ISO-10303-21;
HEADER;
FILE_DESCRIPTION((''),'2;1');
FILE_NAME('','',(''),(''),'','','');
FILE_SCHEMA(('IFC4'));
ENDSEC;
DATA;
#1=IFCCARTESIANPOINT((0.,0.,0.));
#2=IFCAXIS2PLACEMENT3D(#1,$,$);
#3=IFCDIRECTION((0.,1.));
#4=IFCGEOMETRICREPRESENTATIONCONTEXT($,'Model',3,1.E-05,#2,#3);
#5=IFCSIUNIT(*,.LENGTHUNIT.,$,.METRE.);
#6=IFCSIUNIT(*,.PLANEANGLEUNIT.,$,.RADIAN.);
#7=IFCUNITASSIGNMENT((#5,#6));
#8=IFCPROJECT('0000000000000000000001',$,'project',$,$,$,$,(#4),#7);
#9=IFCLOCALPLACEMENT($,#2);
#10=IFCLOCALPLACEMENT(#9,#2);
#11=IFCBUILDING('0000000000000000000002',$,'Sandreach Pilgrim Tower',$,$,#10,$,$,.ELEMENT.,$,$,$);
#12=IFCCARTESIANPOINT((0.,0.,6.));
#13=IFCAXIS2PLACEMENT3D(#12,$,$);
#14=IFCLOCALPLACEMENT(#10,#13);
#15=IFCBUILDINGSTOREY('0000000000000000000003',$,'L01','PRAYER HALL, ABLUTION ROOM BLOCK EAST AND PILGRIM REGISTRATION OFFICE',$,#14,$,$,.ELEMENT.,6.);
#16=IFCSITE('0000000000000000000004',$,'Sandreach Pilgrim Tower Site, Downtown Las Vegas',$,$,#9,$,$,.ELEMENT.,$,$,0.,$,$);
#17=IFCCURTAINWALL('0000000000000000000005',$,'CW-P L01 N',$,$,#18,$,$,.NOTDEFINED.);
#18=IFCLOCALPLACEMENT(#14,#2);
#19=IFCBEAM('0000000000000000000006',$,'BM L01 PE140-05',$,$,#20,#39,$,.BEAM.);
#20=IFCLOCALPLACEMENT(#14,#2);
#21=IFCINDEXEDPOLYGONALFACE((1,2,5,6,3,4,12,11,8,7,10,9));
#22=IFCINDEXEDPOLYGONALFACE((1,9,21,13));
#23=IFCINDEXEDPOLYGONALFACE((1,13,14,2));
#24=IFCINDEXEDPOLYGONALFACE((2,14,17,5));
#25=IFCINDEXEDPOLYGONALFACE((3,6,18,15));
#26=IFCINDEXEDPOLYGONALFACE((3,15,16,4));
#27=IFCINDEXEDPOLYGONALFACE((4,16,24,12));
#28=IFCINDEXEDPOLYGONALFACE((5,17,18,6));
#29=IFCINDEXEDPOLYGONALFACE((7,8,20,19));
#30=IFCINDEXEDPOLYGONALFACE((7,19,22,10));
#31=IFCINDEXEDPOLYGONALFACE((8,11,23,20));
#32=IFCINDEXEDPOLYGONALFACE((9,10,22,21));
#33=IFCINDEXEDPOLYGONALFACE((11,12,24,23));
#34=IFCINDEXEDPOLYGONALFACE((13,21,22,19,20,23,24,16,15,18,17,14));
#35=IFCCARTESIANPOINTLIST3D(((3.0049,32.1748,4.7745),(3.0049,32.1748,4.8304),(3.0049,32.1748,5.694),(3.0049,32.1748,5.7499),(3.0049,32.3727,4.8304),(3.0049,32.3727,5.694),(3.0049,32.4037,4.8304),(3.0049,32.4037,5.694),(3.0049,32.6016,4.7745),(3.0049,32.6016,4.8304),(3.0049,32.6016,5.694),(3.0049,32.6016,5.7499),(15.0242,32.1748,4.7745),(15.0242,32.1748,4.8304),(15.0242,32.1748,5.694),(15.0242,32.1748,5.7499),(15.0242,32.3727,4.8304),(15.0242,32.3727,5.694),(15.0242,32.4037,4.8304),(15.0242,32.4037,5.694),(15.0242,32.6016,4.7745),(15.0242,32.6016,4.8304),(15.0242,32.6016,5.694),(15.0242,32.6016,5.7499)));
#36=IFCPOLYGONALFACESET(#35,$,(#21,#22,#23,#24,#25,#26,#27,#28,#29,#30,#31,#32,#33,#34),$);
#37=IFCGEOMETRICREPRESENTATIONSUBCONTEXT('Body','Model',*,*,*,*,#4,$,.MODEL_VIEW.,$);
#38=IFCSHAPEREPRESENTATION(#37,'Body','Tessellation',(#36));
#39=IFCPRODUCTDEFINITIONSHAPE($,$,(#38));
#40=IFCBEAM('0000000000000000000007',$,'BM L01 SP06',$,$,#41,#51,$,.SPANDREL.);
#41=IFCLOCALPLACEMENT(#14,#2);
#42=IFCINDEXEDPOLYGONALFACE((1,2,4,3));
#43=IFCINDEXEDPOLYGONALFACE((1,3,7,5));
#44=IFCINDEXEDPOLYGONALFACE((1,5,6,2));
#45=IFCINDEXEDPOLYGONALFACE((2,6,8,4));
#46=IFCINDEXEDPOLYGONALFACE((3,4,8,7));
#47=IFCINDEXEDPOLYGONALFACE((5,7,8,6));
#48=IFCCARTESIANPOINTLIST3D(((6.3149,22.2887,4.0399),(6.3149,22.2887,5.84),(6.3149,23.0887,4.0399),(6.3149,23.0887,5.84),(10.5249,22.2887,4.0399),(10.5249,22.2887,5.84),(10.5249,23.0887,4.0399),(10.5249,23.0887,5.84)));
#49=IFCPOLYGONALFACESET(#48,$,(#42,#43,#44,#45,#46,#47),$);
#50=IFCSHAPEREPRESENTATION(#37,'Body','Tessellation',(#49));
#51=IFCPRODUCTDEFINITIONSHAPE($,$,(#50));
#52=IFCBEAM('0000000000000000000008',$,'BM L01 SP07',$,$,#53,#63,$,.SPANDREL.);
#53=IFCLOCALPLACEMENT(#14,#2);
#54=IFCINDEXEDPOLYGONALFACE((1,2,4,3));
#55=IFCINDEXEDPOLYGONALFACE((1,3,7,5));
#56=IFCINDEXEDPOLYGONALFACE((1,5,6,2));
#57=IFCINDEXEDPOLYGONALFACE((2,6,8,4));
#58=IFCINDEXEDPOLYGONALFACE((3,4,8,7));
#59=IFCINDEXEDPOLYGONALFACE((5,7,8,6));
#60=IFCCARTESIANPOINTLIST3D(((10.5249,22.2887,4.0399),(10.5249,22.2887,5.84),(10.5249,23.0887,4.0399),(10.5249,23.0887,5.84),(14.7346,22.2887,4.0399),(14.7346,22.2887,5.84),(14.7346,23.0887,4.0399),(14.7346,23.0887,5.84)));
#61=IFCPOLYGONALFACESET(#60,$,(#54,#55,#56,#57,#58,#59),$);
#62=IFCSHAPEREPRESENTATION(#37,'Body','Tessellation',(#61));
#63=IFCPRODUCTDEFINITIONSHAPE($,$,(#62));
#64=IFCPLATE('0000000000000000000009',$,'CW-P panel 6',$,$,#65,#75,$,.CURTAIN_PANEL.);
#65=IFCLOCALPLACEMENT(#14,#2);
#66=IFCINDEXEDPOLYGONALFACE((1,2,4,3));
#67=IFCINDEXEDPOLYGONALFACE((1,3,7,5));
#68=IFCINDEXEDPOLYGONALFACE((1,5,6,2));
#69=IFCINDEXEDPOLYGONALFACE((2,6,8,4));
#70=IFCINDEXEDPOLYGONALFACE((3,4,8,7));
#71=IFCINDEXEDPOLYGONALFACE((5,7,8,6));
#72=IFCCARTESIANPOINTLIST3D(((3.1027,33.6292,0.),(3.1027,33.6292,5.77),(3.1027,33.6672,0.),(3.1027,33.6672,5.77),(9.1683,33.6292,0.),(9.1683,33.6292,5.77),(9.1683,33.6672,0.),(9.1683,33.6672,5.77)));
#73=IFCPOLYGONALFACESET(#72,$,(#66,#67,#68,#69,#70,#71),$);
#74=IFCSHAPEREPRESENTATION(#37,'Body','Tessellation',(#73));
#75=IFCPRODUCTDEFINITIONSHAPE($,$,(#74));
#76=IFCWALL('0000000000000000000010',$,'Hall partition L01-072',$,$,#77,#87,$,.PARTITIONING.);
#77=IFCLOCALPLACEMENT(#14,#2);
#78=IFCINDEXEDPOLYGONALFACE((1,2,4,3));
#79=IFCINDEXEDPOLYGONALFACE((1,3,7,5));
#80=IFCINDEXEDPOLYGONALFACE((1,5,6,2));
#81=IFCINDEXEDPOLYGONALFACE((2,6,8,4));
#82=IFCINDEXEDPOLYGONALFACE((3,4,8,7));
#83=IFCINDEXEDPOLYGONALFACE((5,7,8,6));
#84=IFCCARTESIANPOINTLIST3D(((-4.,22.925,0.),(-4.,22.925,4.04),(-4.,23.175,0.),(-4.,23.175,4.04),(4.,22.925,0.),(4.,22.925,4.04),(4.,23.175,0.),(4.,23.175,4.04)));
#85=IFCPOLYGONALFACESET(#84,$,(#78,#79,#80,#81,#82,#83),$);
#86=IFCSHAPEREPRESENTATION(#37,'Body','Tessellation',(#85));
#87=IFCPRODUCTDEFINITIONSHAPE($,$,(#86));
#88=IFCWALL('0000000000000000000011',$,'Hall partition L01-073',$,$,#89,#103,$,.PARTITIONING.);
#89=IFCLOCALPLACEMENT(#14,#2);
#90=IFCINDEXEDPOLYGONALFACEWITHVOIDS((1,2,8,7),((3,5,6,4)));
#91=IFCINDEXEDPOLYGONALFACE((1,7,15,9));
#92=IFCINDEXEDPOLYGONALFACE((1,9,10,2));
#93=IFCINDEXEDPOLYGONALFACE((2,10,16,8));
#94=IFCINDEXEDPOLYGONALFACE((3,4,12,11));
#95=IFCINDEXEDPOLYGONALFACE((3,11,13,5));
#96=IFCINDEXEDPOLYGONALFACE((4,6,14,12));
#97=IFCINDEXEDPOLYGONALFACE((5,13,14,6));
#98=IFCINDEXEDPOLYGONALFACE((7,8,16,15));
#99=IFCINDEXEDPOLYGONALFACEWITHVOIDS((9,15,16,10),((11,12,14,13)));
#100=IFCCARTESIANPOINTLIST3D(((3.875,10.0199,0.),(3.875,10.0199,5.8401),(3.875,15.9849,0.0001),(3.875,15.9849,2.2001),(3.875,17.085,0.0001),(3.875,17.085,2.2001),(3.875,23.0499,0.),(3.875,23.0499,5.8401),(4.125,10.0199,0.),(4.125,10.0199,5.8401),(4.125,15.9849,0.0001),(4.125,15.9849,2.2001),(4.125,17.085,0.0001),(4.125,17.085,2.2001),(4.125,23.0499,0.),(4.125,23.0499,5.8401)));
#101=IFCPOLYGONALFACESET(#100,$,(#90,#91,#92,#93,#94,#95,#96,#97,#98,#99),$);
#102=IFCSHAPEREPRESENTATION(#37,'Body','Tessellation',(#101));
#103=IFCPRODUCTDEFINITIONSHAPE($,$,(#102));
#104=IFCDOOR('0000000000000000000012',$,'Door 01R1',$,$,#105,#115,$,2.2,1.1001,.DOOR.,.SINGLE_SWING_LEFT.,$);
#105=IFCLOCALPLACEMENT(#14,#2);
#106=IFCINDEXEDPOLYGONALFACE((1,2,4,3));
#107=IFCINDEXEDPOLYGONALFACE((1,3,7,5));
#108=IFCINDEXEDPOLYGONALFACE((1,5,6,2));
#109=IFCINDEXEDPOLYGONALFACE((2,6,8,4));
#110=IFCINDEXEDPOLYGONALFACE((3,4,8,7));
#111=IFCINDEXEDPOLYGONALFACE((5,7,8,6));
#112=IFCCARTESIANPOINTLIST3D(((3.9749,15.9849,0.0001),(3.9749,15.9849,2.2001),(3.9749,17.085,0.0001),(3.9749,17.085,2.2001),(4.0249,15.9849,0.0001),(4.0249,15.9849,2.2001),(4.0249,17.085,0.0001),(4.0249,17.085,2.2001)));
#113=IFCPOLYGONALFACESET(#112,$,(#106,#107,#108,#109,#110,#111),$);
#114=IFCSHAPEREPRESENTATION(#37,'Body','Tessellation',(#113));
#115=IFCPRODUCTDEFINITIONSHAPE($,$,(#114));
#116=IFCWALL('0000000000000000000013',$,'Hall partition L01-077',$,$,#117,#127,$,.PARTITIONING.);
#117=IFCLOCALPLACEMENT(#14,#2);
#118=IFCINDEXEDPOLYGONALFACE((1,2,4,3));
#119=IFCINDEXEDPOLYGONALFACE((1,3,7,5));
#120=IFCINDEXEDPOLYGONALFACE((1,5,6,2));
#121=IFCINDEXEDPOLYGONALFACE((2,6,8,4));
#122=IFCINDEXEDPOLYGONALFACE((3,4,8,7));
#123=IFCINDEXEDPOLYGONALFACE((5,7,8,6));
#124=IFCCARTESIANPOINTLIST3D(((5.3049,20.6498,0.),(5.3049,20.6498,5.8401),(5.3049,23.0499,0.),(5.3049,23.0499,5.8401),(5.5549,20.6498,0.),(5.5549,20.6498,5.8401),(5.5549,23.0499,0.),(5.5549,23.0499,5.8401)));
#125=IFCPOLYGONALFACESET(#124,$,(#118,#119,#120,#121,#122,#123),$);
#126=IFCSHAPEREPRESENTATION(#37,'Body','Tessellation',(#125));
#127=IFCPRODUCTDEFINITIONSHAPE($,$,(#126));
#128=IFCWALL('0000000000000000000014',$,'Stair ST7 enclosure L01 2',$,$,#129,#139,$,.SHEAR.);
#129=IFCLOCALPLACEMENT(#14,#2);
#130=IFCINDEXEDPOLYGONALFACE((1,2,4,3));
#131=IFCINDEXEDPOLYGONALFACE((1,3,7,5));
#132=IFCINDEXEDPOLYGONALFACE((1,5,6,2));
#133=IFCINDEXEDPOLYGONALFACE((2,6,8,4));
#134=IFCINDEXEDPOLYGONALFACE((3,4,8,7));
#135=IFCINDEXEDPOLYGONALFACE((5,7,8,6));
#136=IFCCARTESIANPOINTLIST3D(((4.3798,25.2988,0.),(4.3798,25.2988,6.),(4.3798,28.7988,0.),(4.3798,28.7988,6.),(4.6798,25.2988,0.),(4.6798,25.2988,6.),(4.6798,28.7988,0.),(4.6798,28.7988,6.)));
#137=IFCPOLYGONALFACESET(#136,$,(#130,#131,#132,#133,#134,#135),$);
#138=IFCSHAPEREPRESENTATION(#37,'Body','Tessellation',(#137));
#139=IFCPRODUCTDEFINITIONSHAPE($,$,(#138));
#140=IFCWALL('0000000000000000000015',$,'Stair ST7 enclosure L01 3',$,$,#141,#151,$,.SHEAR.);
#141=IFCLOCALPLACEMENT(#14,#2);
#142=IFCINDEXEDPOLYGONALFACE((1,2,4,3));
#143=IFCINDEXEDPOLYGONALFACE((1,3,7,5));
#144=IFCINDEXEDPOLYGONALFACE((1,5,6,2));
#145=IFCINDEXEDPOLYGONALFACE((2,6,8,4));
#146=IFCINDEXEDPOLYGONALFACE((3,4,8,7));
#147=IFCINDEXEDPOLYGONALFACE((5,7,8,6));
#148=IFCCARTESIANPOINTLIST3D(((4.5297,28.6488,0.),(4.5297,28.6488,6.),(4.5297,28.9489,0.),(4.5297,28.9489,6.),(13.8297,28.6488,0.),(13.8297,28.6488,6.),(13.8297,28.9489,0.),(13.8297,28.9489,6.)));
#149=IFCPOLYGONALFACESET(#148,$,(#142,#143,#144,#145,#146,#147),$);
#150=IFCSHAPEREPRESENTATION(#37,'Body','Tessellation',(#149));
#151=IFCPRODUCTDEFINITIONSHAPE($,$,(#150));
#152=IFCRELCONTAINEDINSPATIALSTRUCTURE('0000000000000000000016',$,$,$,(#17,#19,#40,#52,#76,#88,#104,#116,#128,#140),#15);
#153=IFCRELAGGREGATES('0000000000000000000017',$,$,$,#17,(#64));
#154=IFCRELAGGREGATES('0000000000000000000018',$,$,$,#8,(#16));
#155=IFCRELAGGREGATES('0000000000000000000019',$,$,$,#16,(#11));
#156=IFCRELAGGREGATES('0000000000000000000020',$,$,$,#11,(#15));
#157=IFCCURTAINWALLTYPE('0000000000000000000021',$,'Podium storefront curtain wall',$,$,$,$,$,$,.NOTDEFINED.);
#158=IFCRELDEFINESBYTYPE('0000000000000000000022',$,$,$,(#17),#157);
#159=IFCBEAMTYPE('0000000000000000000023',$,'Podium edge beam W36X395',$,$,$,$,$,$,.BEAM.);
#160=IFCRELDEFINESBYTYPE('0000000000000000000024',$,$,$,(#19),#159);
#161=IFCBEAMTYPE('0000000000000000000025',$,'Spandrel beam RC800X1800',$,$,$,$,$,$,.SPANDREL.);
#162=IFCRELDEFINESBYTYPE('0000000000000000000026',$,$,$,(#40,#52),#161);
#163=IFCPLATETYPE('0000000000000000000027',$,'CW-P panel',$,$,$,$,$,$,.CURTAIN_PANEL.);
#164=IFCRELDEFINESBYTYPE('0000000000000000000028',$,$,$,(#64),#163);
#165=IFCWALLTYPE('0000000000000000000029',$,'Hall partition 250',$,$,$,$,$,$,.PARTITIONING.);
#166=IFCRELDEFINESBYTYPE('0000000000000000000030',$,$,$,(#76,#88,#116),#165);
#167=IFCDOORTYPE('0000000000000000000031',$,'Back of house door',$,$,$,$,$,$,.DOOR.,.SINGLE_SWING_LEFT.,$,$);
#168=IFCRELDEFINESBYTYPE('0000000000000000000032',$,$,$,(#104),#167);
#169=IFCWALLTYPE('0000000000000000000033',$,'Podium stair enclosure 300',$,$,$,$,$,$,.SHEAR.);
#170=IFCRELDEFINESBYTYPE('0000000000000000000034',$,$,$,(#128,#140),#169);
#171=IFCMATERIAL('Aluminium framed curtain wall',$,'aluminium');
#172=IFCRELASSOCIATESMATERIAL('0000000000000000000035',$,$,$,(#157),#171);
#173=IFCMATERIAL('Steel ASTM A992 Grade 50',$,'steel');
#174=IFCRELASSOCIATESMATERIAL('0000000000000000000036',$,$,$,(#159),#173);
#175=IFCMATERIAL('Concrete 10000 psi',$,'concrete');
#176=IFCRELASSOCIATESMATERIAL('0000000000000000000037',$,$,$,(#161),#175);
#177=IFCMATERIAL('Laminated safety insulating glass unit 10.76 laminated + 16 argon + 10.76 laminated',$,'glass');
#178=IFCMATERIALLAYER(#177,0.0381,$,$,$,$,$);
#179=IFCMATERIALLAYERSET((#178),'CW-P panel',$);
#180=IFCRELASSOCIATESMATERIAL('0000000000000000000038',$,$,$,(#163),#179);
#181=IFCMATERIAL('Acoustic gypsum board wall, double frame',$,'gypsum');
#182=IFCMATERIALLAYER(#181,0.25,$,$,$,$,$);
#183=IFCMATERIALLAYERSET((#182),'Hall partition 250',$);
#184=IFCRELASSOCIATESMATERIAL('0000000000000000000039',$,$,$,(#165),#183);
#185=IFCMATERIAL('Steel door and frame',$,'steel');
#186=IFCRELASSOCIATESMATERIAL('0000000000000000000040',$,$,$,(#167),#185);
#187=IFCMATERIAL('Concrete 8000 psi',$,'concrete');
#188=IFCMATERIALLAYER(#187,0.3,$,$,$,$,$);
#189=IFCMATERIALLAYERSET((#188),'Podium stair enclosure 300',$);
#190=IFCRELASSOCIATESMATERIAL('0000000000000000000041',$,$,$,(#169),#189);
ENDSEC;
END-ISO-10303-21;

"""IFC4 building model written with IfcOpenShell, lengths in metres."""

from ifc_helpers import new_model, si_unit, direction, frame, frame_2d, origin, origin_2d, place, context, subcontext, project, spatial, rectangle, i_section, extrude, material, layer, layer_set, material_profile, profile_set, type_object, element, fill, aggregate, save


model = new_model("IFC4")

# Units and contexts
model_context = context("Model", 3, precision=1e-05, world=origin(), true_north=direction((0.0, 1.0)))
body_context = subcontext(model_context, "Body", "Model", "MODEL_VIEW")
ifc_project = project(units=[si_unit("LENGTHUNIT", "METRE"), si_unit("PLANEANGLEUNIT", "RADIAN")], contexts=[model_context])

# Site, building, storey
site_placement = place(None, origin())
site = spatial("IfcSite", under=ifc_project, at=site_placement, Name="Sandreach Pilgrim Tower Site, Downtown Las Vegas", CompositionType="ELEMENT", RefElevation=0.0)
building_placement = place(site_placement, origin())
building = spatial("IfcBuilding", under=site, at=building_placement, Name="Sandreach Pilgrim Tower", CompositionType="ELEMENT")
storey_placement = place(building_placement, frame((0.0, 0.0, 6.0)))
storey = spatial("IfcBuildingStorey", under=building, at=storey_placement, Name="L01", Description="PRAYER HALL, ABLUTION ROOM BLOCK EAST AND PILGRIM REGISTRATION OFFICE", CompositionType="ELEMENT", Elevation=6.0)

# Curtain wall
ifc_material_1 = material(Name="Aluminium framed curtain wall", Category="aluminium")
curtain_wall_type = type_object("IfcCurtainWallType", Name="Podium storefront curtain wall", PredefinedType="NOTDEFINED", material=ifc_material_1)
curtain_wall_placement = place(storey_placement, origin())
curtain_wall = element("IfcCurtainWall", 1, at=curtain_wall_placement, inside=storey, type_object=curtain_wall_type, Name="CW-P L01 N", PredefinedType="NOTDEFINED")

# Beams
ifc_material_2 = material(Name="Steel ASTM A992 Grade 50", Category="steel")
ifc_material_profile_1 = material_profile(ifc_material_2, i_section(OverallWidth=0.4268, OverallDepth=0.9753, WebThickness=0.031, FlangeThickness=0.0559, at=origin_2d()), Name="W36X395")
ifc_profile_set_1 = profile_set([ifc_material_profile_1], Name="Steel ASTM A992 Grade 50")
beam_type_1 = type_object("IfcBeamType", Name="Podium edge beam W36X395", PredefinedType="BEAM", material=ifc_profile_set_1)
beam_1_placement = place(storey_placement, frame((3.0049, 32.3882, 5.2622), z_axis=(1.0, 0.0, 0.0), x_axis=(0.0, 1.0, 0.0)))
element("IfcBeam", 2, at=beam_1_placement, inside=storey, type_object=beam_type_1, Name="BM L01 PE140-05", PredefinedType="BEAM", context=body_context, shape_type="SweptSolid", body=[
    extrude(i_section(OverallWidth=0.4268, OverallDepth=0.9753, WebThickness=0.031, FlangeThickness=0.0559, at=origin_2d()), origin(), (0.0, 0.0, 1.0), 12.0193),
])
ifc_material_3 = material(Name="Concrete 10000 psi", Category="concrete")
ifc_material_profile_2 = material_profile(ifc_material_3, rectangle(XDim=0.8, YDim=1.8, at=origin_2d()), Name="RC800X1800")
ifc_profile_set_2 = profile_set([ifc_material_profile_2], Name="Concrete 10000 psi")
beam_type_2 = type_object("IfcBeamType", Name="Spandrel beam RC800X1800", PredefinedType="SPANDREL", material=ifc_profile_set_2)
beam_2_placement = place(storey_placement, frame((6.3149, 22.6887, 4.9399), z_axis=(1.0, 0.0, 0.0), x_axis=(0.0, 1.0, 0.0)))
element("IfcBeam", 3, at=beam_2_placement, inside=storey, type_object=beam_type_2, Name="BM L01 SP06", PredefinedType="SPANDREL", context=body_context, shape_type="SweptSolid", body=[
    extrude(rectangle(XDim=0.8, YDim=1.8, at=origin_2d()), origin(), (0.0, 0.0, 1.0), 4.21),
])
beam_3_placement = place(storey_placement, frame((10.5249, 22.6887, 4.9399), z_axis=(1.0, 0.0, 0.0), x_axis=(0.0, 1.0, 0.0)))
element("IfcBeam", 4, at=beam_3_placement, inside=storey, type_object=beam_type_2, Name="BM L01 SP07", PredefinedType="SPANDREL", context=body_context, shape_type="SweptSolid", body=[
    extrude(rectangle(XDim=0.8, YDim=1.8, at=origin_2d()), origin(), (0.0, 0.0, 1.0), 4.2097),
])

# Plate
ifc_material_4 = material(Name="Laminated safety insulating glass unit 10.76 laminated + 16 argon + 10.76 laminated", Category="glass")
ifc_layer_1 = layer(ifc_material_4, 0.0381)
ifc_layer_set_1 = layer_set([ifc_layer_1], Name="CW-P panel")
plate_type = type_object("IfcPlateType", Name="CW-P panel", PredefinedType="CURTAIN_PANEL", material=ifc_layer_set_1)
plate_placement = place(storey_placement, frame((6.1355, 33.6482, 0.0), z_axis=(0.0, 0.0, 1.0), x_axis=(1.0, 0.0, 0.0)))
plate = element("IfcPlate", 5, at=plate_placement, type_object=plate_type, Name="CW-P panel 6", PredefinedType="CURTAIN_PANEL", context=body_context, shape_type="SweptSolid", body=[
    extrude(rectangle(XDim=6.0657, YDim=0.0381, at=origin_2d()), origin(), (0.0, 0.0, 1.0), 5.77),
])
aggregate(curtain_wall, [plate])

# Wall
ifc_material_5 = material(Name="Acoustic gypsum board wall, double frame", Category="gypsum")
ifc_layer_2 = layer(ifc_material_5, 0.25)
ifc_layer_set_2 = layer_set([ifc_layer_2], Name="Hall partition 250")
wall_type_1 = type_object("IfcWallType", Name="Hall partition 250", PredefinedType="PARTITIONING", material=ifc_layer_set_2)
wall_1_placement = place(storey_placement, frame((4.0, 23.05, 0.0), z_axis=(0.0, 0.0, 1.0), x_axis=(-1.0, 0.0, 0.0)))
element("IfcWall", 6, at=wall_1_placement, inside=storey, type_object=wall_type_1, Name="Hall partition L01-072", PredefinedType="PARTITIONING", context=body_context, shape_type="SweptSolid", body=[
    extrude(rectangle(XDim=8.0, YDim=0.25, at=frame_2d((4.0, 0.0))), origin(), (0.0, 0.0, 1.0), 4.04),
])

# Wall, opening, door
wall_2_placement = place(storey_placement, frame((4.0, 23.05, 0.0), z_axis=(0.0, 0.0, 1.0), x_axis=(0.0, -1.0, 0.0)))
wall_2 = element("IfcWall", 7, at=wall_2_placement, inside=storey, type_object=wall_type_1, Name="Hall partition L01-073", PredefinedType="PARTITIONING", context=body_context, shape_type="SweptSolid", body=[
    extrude(rectangle(XDim=13.03, YDim=0.25, at=frame_2d((6.5151, 0.0))), origin(), (0.0, 0.0, 1.0), 5.8401),
])
opening_placement = place(wall_2_placement, frame((5.9651, 0.0, 0.0)))
opening = element("IfcOpeningElement", 8, at=opening_placement, cuts=wall_2, PredefinedType="OPENING", context=body_context, shape_type="SweptSolid", body=[
    extrude(rectangle(XDim=1.1001, YDim=2.2, at=frame_2d((0.55, 1.1001))), frame((0.0, 0.125, 0.0), z_axis=(0.0, -1.0, 0.0), x_axis=(1.0, 0.0, 0.0)), (0.0, 0.0, 1.0), 0.25),
])
ifc_material_6 = material(Name="Steel door and frame", Category="steel")
door_type = type_object("IfcDoorType", Name="Back of house door", OperationType="SINGLE_SWING_LEFT", PredefinedType="DOOR", material=ifc_material_6)
door_placement = place(opening_placement, origin())
door = element("IfcDoor", 9, at=door_placement, inside=storey, type_object=door_type, Name="Door 01R1", OperationType="SINGLE_SWING_LEFT", OverallHeight=2.2, OverallWidth=1.1001, PredefinedType="DOOR", context=body_context, shape_type="SweptSolid", body=[
    extrude(rectangle(XDim=1.1001, YDim=2.2, at=frame_2d((0.55, 1.1001))), frame((0.0, 0.0249, 0.0), z_axis=(0.0, -1.0, 0.0), x_axis=(1.0, 0.0, 0.0)), (0.0, 0.0, 1.0), 0.05),
])
fill(opening, door)

# Walls
wall_3_placement = place(storey_placement, frame((5.4299, 23.05, 0.0), z_axis=(0.0, 0.0, 1.0), x_axis=(0.0, -1.0, 0.0)))
element("IfcWall", 10, at=wall_3_placement, inside=storey, type_object=wall_type_1, Name="Hall partition L01-077", PredefinedType="PARTITIONING", context=body_context, shape_type="SweptSolid", body=[
    extrude(rectangle(XDim=2.4001, YDim=0.25, at=frame_2d((1.2002, 0.0))), origin(), (0.0, 0.0, 1.0), 5.8401),
])
ifc_material_7 = material(Name="Concrete 8000 psi", Category="concrete")
ifc_layer_3 = layer(ifc_material_7, 0.3)
ifc_layer_set_3 = layer_set([ifc_layer_3], Name="Podium stair enclosure 300")
wall_type_2 = type_object("IfcWallType", Name="Podium stair enclosure 300", PredefinedType="SHEAR", material=ifc_layer_set_3)
wall_4_placement = place(storey_placement, frame((4.5298, 25.2988, 0.0), z_axis=(0.0, 0.0, 1.0), x_axis=(0.0, 1.0, 0.0)))
element("IfcWall", 11, at=wall_4_placement, inside=storey, type_object=wall_type_2, Name="Stair ST7 enclosure L01 2", PredefinedType="SHEAR", context=body_context, shape_type="SweptSolid", body=[
    extrude(rectangle(XDim=3.5, YDim=0.3, at=frame_2d((1.75, 0.0))), origin(), (0.0, 0.0, 1.0), 6.0),
])
wall_5_placement = place(storey_placement, frame((4.5298, 28.7988, 0.0), z_axis=(0.0, 0.0, 1.0), x_axis=(1.0, 0.0, 0.0)))
element("IfcWall", 12, at=wall_5_placement, inside=storey, type_object=wall_type_2, Name="Stair ST7 enclosure L01 3", PredefinedType="SHEAR", context=body_context, shape_type="SweptSolid", body=[
    extrude(rectangle(XDim=9.3, YDim=0.3, at=frame_2d((4.6499, 0.0))), origin(), (0.0, 0.0, 1.0), 6.0),
])

save(model, "model.ifc")
